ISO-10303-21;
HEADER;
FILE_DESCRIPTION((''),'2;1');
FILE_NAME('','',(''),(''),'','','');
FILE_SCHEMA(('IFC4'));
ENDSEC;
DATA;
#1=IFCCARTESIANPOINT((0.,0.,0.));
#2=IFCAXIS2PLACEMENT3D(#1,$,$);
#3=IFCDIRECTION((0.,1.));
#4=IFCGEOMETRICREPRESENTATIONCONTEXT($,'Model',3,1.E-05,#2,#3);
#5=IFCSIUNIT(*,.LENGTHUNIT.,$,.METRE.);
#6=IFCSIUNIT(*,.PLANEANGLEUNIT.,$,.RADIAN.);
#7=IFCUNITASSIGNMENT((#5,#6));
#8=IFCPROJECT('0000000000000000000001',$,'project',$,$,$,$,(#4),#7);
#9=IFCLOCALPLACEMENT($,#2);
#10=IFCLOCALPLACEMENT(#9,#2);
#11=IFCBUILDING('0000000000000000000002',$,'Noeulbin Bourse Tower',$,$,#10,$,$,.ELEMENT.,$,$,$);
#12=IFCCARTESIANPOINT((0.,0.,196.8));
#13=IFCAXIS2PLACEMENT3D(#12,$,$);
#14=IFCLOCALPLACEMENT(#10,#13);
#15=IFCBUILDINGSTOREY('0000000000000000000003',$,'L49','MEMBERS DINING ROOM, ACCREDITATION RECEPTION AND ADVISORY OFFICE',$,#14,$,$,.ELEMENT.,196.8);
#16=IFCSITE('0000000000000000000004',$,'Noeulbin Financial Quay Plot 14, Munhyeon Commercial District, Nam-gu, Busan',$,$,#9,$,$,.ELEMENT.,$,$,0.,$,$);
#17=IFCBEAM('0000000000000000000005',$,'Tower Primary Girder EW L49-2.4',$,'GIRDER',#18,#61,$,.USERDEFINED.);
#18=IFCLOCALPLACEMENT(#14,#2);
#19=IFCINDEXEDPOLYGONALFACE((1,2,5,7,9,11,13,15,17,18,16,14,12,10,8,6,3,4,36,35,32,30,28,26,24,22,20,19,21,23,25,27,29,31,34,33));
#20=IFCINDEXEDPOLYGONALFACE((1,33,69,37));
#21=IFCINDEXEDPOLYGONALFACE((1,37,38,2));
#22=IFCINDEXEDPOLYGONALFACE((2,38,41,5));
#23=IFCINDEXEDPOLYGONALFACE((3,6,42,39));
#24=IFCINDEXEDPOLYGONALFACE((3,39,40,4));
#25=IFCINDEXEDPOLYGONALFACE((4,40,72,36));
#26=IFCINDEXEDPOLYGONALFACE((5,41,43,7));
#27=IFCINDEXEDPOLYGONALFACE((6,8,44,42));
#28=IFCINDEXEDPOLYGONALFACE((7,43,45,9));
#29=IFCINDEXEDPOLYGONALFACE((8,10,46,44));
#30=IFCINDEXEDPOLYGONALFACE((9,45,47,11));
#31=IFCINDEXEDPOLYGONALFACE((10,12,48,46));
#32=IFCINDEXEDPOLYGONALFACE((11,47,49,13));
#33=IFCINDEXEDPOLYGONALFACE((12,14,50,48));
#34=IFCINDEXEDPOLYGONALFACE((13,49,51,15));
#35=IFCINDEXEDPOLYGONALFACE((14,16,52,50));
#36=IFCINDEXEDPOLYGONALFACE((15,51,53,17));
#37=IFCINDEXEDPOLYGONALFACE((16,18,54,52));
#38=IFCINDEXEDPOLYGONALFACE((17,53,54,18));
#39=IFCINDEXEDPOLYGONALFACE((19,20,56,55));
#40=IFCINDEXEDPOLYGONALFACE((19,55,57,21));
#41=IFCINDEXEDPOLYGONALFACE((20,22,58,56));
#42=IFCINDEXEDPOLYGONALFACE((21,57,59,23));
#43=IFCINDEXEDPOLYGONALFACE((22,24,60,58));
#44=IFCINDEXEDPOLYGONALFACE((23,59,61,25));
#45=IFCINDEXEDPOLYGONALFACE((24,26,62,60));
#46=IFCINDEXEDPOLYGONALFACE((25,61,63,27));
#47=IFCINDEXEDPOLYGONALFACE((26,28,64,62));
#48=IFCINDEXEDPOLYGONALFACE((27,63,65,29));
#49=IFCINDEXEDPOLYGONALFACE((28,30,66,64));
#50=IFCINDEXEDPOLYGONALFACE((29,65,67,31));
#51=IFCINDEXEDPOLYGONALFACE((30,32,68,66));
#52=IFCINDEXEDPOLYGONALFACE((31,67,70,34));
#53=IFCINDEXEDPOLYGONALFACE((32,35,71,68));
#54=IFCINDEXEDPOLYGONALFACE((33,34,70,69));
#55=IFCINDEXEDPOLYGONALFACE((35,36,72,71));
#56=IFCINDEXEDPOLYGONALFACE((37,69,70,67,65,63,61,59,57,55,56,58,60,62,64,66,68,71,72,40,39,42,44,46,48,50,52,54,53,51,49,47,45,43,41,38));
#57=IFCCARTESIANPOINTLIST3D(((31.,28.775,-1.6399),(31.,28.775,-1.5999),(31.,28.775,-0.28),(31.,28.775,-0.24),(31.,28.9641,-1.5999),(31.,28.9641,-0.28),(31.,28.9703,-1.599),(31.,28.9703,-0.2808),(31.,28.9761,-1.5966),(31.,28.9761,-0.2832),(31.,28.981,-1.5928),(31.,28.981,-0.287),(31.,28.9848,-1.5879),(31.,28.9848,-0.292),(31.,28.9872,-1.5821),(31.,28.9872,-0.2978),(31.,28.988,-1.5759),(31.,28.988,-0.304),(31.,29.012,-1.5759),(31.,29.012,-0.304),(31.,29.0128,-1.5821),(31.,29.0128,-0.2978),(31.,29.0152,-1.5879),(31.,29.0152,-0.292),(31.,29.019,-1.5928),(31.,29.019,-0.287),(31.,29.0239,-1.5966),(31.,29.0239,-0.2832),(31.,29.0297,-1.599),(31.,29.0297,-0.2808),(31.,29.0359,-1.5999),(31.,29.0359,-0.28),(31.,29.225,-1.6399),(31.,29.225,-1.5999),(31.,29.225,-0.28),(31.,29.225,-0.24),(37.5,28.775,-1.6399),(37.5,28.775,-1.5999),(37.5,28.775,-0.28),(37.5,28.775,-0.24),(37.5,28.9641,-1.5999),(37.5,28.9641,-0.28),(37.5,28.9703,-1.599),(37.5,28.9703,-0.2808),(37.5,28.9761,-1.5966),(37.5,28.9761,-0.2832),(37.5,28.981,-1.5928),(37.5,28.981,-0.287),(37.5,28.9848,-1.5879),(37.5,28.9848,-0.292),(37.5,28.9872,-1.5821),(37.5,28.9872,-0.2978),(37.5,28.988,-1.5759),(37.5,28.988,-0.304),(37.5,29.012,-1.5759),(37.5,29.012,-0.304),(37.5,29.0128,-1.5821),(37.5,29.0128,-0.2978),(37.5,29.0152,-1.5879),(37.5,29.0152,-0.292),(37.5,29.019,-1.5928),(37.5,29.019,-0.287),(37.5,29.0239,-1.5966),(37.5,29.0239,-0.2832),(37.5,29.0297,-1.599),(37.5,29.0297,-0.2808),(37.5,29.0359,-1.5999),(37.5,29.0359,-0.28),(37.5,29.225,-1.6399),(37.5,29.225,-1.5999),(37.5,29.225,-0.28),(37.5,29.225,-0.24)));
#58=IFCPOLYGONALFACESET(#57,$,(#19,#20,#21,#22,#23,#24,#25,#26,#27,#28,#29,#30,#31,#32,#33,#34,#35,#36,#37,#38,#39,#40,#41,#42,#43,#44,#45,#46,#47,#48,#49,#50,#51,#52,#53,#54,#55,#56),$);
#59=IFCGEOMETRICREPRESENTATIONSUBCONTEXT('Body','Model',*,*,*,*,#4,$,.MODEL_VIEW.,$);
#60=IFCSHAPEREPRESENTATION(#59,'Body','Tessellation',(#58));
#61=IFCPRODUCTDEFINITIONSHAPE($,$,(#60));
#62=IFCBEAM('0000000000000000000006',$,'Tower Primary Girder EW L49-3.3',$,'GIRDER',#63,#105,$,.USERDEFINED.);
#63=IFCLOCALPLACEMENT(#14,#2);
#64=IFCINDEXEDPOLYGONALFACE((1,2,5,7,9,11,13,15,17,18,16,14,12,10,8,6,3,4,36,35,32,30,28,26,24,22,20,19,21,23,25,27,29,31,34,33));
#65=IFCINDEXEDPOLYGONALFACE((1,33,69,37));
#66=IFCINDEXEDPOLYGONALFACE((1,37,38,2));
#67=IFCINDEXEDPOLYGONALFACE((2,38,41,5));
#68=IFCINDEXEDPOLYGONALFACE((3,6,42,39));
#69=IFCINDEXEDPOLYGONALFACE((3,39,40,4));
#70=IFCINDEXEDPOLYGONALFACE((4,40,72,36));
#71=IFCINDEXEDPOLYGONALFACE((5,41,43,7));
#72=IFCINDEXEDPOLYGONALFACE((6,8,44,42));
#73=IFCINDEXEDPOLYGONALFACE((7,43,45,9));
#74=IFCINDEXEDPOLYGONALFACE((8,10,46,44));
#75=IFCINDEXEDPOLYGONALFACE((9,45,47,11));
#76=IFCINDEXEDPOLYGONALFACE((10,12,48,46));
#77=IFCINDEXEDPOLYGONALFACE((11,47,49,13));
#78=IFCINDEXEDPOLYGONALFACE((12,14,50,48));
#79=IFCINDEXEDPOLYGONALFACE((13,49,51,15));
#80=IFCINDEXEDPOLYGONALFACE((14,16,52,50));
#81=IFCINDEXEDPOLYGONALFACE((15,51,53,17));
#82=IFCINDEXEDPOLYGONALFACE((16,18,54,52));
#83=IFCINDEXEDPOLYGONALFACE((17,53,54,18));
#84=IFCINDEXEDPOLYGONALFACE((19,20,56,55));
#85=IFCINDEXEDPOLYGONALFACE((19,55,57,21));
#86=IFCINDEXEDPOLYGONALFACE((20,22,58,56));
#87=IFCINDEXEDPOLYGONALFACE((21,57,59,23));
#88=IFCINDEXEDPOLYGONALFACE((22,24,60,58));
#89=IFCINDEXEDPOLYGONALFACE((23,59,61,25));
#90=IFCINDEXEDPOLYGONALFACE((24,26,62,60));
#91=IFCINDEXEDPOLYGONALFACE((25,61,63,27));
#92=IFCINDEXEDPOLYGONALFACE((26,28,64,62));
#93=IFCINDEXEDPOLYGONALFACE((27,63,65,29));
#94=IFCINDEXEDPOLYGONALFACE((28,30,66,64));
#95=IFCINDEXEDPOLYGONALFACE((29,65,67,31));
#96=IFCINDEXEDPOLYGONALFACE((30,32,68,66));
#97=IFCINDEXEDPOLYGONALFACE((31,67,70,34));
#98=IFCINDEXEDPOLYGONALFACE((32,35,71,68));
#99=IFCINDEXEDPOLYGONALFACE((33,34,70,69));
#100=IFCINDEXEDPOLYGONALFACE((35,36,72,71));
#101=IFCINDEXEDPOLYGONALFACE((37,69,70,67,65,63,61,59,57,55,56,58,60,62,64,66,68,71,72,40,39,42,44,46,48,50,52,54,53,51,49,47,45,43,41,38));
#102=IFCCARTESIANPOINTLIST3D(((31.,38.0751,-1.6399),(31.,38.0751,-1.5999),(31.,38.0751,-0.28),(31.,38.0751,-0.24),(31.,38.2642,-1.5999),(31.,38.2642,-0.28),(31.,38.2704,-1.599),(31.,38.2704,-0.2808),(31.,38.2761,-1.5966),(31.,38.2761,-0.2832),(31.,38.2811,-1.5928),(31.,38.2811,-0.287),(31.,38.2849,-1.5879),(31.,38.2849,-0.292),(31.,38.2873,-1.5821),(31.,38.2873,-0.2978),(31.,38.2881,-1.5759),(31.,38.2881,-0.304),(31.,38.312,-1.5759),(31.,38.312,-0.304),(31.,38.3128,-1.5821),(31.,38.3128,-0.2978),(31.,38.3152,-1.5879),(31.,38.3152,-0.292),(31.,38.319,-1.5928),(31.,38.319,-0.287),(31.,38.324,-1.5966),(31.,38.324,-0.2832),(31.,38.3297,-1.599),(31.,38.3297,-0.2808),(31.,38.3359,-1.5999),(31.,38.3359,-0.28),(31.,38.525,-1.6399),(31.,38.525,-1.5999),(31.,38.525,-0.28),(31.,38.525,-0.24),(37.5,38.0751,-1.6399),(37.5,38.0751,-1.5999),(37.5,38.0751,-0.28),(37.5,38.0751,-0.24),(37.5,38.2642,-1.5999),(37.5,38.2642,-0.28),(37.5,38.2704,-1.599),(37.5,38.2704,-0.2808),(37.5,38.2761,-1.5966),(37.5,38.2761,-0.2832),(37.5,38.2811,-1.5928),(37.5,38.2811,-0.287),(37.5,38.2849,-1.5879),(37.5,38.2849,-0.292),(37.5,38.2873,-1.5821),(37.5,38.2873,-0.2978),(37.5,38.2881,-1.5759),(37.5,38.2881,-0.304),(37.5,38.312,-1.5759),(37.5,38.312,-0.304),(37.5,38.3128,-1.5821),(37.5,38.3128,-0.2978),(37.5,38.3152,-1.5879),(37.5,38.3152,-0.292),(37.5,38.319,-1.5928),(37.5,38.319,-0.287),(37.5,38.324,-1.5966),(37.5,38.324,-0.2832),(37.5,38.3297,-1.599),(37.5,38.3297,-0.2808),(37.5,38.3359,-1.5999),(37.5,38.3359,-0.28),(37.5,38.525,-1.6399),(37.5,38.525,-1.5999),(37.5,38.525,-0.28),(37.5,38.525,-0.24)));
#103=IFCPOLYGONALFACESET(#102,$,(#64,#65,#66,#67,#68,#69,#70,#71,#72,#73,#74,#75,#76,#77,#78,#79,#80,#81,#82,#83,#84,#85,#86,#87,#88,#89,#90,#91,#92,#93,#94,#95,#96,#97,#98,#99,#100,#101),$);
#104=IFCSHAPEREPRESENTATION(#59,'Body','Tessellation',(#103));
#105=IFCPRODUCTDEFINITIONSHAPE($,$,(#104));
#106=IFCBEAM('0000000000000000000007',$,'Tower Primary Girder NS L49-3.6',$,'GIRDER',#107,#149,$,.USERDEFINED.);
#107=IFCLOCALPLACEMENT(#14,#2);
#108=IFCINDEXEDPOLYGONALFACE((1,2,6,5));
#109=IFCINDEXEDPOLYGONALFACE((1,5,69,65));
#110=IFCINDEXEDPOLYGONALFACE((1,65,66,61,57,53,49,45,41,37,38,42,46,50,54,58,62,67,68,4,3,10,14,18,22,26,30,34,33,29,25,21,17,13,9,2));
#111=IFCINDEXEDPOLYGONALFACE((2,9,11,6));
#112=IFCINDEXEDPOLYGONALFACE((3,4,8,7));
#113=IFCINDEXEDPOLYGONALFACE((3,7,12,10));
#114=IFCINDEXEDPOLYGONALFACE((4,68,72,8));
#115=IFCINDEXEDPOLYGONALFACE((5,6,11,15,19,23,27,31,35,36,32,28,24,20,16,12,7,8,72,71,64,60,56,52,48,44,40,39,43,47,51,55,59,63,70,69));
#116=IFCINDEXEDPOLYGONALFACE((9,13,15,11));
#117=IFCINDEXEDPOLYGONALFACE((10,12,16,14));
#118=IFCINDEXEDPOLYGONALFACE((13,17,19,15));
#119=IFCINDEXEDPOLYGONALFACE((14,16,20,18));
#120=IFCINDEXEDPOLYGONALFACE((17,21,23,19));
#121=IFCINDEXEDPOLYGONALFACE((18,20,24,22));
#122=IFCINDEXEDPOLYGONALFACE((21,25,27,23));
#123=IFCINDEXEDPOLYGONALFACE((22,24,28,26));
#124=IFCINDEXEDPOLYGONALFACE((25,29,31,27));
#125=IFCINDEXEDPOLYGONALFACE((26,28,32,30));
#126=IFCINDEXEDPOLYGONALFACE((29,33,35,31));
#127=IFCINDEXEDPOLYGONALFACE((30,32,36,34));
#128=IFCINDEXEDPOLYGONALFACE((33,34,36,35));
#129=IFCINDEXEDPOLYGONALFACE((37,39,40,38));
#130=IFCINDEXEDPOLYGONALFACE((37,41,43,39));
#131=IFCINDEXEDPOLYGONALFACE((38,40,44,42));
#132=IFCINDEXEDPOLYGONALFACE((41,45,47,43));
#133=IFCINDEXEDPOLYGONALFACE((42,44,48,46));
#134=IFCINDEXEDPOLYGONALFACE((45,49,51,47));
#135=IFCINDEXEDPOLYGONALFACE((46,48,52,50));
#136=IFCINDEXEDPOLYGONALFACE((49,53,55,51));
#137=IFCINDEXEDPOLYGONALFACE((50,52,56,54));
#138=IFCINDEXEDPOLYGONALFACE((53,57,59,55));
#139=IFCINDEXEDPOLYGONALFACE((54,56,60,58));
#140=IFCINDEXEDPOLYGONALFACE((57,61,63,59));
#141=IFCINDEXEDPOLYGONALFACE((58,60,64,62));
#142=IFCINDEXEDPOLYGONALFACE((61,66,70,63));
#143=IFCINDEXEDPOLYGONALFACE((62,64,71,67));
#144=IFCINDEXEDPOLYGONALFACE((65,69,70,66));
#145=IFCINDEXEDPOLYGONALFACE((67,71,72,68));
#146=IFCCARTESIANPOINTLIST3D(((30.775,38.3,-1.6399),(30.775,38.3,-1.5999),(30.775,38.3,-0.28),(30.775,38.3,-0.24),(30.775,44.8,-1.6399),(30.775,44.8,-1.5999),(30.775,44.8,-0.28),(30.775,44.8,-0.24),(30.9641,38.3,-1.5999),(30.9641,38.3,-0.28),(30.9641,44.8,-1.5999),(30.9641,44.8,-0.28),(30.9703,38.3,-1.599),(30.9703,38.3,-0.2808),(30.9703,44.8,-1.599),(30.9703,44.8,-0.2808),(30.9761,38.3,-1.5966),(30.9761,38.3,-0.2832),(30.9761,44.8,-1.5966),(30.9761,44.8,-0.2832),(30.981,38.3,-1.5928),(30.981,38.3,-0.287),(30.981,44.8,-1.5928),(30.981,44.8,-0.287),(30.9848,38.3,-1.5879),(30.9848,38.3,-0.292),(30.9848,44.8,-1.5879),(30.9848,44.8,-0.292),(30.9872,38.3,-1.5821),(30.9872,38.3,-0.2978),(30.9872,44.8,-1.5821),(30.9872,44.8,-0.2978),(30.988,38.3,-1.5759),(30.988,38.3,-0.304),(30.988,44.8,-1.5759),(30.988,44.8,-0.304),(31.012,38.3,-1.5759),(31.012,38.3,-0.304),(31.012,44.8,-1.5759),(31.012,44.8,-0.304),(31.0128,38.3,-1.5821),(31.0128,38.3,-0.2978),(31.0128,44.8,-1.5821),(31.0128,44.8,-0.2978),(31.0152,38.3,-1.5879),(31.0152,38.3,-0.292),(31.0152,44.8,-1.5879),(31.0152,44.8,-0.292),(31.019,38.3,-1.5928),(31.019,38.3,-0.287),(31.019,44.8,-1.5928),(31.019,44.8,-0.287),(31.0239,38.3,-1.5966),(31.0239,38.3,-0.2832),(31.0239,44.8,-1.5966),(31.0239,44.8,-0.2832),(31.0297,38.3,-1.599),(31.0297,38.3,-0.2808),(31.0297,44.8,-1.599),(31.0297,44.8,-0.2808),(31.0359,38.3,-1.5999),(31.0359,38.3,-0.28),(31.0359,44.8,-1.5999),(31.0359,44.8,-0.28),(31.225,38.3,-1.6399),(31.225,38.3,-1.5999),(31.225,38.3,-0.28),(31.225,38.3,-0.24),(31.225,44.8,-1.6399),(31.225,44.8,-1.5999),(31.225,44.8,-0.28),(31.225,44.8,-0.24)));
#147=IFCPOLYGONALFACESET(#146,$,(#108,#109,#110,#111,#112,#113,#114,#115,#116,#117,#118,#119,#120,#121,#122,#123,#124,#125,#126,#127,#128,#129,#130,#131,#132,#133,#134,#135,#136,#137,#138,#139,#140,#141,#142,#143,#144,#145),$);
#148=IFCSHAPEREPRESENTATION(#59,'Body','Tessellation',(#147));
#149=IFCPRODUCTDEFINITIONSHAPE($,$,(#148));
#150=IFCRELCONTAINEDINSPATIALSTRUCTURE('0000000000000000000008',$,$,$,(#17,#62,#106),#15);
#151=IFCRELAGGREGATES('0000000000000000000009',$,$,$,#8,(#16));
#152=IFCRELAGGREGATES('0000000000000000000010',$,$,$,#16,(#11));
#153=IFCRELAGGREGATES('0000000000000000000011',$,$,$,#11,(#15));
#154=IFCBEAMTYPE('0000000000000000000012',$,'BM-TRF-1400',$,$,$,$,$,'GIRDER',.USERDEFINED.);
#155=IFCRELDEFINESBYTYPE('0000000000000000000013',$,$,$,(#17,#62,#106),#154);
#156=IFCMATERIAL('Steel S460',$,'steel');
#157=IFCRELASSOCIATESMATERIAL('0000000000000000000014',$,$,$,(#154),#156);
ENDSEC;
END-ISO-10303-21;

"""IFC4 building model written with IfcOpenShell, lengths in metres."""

from ifc_helpers import new_model, si_unit, direction, frame, origin, origin_2d, place, context, subcontext, project, spatial, i_section, extrude, material, material_profile, profile_set, type_object, element, save


model = new_model("IFC4")

# Units and contexts
model_context = context("Model", 3, precision=1e-05, world=origin(), true_north=direction((0.0, 1.0)))
body_context = subcontext(model_context, "Body", "Model", "MODEL_VIEW")
ifc_project = project(units=[si_unit("LENGTHUNIT", "METRE"), si_unit("PLANEANGLEUNIT", "RADIAN")], contexts=[model_context])

# Site, building, storey
site_placement = place(None, origin())
site = spatial("IfcSite", under=ifc_project, at=site_placement, Name="Noeulbin Financial Quay Plot 14, Munhyeon Commercial District, Nam-gu, Busan", CompositionType="ELEMENT", RefElevation=0.0)
building_placement = place(site_placement, origin())
building = spatial("IfcBuilding", under=site, at=building_placement, Name="Noeulbin Bourse Tower", CompositionType="ELEMENT")
storey_placement = place(building_placement, frame((0.0, 0.0, 196.8)))
storey = spatial("IfcBuildingStorey", under=building, at=storey_placement, Name="L49", Description="MEMBERS DINING ROOM, ACCREDITATION RECEPTION AND ADVISORY OFFICE", CompositionType="ELEMENT", Elevation=196.8)

# Shared definitions
ifc_material_1 = material(Name="Steel S460", Category="steel")

# Beams
ifc_material_profile_1 = material_profile(ifc_material_1, i_section(OverallWidth=0.45, OverallDepth=1.3999, WebThickness=0.0239, FlangeThickness=0.04, FilletRadius=0.0239, at=origin_2d()), Name="PG-1400x450x24x40", Category="LoadBearing")
ifc_profile_set_1 = profile_set([ifc_material_profile_1], Name="Steel S460")
beam_type = type_object("IfcBeamType", Name="BM-TRF-1400", ElementType="GIRDER", PredefinedType="USERDEFINED", material=ifc_profile_set_1)
for number, where, z_axis, x_axis, name in (
    (1, (31.0, 29.0, -0.9399), (1.0, 0.0, 0.0), (0.0, 1.0, 0.0), "Tower Primary Girder EW L49-2.4"),
    (2, (31.0, 38.3, -0.9399), (1.0, 0.0, 0.0), (0.0, 1.0, 0.0), "Tower Primary Girder EW L49-3.3"),
    (3, (31.0, 38.3, -0.9399), (0.0, 1.0, 0.0), (-1.0, 0.0, 0.0), "Tower Primary Girder NS L49-3.6"),
):
    element("IfcBeam", number, at=place(storey_placement, frame(where, z_axis=z_axis, x_axis=x_axis)), inside=storey, type_object=beam_type, Name=name, ObjectType="GIRDER", PredefinedType="USERDEFINED", context=body_context, shape_type="SweptSolid", body=[
        extrude(i_section(OverallWidth=0.45, OverallDepth=1.3999, WebThickness=0.0239, FlangeThickness=0.04, FilletRadius=0.0239, at=origin_2d()), origin(), (0.0, 0.0, 1.0), 6.5),
    ])

save(model, "model.ifc")
